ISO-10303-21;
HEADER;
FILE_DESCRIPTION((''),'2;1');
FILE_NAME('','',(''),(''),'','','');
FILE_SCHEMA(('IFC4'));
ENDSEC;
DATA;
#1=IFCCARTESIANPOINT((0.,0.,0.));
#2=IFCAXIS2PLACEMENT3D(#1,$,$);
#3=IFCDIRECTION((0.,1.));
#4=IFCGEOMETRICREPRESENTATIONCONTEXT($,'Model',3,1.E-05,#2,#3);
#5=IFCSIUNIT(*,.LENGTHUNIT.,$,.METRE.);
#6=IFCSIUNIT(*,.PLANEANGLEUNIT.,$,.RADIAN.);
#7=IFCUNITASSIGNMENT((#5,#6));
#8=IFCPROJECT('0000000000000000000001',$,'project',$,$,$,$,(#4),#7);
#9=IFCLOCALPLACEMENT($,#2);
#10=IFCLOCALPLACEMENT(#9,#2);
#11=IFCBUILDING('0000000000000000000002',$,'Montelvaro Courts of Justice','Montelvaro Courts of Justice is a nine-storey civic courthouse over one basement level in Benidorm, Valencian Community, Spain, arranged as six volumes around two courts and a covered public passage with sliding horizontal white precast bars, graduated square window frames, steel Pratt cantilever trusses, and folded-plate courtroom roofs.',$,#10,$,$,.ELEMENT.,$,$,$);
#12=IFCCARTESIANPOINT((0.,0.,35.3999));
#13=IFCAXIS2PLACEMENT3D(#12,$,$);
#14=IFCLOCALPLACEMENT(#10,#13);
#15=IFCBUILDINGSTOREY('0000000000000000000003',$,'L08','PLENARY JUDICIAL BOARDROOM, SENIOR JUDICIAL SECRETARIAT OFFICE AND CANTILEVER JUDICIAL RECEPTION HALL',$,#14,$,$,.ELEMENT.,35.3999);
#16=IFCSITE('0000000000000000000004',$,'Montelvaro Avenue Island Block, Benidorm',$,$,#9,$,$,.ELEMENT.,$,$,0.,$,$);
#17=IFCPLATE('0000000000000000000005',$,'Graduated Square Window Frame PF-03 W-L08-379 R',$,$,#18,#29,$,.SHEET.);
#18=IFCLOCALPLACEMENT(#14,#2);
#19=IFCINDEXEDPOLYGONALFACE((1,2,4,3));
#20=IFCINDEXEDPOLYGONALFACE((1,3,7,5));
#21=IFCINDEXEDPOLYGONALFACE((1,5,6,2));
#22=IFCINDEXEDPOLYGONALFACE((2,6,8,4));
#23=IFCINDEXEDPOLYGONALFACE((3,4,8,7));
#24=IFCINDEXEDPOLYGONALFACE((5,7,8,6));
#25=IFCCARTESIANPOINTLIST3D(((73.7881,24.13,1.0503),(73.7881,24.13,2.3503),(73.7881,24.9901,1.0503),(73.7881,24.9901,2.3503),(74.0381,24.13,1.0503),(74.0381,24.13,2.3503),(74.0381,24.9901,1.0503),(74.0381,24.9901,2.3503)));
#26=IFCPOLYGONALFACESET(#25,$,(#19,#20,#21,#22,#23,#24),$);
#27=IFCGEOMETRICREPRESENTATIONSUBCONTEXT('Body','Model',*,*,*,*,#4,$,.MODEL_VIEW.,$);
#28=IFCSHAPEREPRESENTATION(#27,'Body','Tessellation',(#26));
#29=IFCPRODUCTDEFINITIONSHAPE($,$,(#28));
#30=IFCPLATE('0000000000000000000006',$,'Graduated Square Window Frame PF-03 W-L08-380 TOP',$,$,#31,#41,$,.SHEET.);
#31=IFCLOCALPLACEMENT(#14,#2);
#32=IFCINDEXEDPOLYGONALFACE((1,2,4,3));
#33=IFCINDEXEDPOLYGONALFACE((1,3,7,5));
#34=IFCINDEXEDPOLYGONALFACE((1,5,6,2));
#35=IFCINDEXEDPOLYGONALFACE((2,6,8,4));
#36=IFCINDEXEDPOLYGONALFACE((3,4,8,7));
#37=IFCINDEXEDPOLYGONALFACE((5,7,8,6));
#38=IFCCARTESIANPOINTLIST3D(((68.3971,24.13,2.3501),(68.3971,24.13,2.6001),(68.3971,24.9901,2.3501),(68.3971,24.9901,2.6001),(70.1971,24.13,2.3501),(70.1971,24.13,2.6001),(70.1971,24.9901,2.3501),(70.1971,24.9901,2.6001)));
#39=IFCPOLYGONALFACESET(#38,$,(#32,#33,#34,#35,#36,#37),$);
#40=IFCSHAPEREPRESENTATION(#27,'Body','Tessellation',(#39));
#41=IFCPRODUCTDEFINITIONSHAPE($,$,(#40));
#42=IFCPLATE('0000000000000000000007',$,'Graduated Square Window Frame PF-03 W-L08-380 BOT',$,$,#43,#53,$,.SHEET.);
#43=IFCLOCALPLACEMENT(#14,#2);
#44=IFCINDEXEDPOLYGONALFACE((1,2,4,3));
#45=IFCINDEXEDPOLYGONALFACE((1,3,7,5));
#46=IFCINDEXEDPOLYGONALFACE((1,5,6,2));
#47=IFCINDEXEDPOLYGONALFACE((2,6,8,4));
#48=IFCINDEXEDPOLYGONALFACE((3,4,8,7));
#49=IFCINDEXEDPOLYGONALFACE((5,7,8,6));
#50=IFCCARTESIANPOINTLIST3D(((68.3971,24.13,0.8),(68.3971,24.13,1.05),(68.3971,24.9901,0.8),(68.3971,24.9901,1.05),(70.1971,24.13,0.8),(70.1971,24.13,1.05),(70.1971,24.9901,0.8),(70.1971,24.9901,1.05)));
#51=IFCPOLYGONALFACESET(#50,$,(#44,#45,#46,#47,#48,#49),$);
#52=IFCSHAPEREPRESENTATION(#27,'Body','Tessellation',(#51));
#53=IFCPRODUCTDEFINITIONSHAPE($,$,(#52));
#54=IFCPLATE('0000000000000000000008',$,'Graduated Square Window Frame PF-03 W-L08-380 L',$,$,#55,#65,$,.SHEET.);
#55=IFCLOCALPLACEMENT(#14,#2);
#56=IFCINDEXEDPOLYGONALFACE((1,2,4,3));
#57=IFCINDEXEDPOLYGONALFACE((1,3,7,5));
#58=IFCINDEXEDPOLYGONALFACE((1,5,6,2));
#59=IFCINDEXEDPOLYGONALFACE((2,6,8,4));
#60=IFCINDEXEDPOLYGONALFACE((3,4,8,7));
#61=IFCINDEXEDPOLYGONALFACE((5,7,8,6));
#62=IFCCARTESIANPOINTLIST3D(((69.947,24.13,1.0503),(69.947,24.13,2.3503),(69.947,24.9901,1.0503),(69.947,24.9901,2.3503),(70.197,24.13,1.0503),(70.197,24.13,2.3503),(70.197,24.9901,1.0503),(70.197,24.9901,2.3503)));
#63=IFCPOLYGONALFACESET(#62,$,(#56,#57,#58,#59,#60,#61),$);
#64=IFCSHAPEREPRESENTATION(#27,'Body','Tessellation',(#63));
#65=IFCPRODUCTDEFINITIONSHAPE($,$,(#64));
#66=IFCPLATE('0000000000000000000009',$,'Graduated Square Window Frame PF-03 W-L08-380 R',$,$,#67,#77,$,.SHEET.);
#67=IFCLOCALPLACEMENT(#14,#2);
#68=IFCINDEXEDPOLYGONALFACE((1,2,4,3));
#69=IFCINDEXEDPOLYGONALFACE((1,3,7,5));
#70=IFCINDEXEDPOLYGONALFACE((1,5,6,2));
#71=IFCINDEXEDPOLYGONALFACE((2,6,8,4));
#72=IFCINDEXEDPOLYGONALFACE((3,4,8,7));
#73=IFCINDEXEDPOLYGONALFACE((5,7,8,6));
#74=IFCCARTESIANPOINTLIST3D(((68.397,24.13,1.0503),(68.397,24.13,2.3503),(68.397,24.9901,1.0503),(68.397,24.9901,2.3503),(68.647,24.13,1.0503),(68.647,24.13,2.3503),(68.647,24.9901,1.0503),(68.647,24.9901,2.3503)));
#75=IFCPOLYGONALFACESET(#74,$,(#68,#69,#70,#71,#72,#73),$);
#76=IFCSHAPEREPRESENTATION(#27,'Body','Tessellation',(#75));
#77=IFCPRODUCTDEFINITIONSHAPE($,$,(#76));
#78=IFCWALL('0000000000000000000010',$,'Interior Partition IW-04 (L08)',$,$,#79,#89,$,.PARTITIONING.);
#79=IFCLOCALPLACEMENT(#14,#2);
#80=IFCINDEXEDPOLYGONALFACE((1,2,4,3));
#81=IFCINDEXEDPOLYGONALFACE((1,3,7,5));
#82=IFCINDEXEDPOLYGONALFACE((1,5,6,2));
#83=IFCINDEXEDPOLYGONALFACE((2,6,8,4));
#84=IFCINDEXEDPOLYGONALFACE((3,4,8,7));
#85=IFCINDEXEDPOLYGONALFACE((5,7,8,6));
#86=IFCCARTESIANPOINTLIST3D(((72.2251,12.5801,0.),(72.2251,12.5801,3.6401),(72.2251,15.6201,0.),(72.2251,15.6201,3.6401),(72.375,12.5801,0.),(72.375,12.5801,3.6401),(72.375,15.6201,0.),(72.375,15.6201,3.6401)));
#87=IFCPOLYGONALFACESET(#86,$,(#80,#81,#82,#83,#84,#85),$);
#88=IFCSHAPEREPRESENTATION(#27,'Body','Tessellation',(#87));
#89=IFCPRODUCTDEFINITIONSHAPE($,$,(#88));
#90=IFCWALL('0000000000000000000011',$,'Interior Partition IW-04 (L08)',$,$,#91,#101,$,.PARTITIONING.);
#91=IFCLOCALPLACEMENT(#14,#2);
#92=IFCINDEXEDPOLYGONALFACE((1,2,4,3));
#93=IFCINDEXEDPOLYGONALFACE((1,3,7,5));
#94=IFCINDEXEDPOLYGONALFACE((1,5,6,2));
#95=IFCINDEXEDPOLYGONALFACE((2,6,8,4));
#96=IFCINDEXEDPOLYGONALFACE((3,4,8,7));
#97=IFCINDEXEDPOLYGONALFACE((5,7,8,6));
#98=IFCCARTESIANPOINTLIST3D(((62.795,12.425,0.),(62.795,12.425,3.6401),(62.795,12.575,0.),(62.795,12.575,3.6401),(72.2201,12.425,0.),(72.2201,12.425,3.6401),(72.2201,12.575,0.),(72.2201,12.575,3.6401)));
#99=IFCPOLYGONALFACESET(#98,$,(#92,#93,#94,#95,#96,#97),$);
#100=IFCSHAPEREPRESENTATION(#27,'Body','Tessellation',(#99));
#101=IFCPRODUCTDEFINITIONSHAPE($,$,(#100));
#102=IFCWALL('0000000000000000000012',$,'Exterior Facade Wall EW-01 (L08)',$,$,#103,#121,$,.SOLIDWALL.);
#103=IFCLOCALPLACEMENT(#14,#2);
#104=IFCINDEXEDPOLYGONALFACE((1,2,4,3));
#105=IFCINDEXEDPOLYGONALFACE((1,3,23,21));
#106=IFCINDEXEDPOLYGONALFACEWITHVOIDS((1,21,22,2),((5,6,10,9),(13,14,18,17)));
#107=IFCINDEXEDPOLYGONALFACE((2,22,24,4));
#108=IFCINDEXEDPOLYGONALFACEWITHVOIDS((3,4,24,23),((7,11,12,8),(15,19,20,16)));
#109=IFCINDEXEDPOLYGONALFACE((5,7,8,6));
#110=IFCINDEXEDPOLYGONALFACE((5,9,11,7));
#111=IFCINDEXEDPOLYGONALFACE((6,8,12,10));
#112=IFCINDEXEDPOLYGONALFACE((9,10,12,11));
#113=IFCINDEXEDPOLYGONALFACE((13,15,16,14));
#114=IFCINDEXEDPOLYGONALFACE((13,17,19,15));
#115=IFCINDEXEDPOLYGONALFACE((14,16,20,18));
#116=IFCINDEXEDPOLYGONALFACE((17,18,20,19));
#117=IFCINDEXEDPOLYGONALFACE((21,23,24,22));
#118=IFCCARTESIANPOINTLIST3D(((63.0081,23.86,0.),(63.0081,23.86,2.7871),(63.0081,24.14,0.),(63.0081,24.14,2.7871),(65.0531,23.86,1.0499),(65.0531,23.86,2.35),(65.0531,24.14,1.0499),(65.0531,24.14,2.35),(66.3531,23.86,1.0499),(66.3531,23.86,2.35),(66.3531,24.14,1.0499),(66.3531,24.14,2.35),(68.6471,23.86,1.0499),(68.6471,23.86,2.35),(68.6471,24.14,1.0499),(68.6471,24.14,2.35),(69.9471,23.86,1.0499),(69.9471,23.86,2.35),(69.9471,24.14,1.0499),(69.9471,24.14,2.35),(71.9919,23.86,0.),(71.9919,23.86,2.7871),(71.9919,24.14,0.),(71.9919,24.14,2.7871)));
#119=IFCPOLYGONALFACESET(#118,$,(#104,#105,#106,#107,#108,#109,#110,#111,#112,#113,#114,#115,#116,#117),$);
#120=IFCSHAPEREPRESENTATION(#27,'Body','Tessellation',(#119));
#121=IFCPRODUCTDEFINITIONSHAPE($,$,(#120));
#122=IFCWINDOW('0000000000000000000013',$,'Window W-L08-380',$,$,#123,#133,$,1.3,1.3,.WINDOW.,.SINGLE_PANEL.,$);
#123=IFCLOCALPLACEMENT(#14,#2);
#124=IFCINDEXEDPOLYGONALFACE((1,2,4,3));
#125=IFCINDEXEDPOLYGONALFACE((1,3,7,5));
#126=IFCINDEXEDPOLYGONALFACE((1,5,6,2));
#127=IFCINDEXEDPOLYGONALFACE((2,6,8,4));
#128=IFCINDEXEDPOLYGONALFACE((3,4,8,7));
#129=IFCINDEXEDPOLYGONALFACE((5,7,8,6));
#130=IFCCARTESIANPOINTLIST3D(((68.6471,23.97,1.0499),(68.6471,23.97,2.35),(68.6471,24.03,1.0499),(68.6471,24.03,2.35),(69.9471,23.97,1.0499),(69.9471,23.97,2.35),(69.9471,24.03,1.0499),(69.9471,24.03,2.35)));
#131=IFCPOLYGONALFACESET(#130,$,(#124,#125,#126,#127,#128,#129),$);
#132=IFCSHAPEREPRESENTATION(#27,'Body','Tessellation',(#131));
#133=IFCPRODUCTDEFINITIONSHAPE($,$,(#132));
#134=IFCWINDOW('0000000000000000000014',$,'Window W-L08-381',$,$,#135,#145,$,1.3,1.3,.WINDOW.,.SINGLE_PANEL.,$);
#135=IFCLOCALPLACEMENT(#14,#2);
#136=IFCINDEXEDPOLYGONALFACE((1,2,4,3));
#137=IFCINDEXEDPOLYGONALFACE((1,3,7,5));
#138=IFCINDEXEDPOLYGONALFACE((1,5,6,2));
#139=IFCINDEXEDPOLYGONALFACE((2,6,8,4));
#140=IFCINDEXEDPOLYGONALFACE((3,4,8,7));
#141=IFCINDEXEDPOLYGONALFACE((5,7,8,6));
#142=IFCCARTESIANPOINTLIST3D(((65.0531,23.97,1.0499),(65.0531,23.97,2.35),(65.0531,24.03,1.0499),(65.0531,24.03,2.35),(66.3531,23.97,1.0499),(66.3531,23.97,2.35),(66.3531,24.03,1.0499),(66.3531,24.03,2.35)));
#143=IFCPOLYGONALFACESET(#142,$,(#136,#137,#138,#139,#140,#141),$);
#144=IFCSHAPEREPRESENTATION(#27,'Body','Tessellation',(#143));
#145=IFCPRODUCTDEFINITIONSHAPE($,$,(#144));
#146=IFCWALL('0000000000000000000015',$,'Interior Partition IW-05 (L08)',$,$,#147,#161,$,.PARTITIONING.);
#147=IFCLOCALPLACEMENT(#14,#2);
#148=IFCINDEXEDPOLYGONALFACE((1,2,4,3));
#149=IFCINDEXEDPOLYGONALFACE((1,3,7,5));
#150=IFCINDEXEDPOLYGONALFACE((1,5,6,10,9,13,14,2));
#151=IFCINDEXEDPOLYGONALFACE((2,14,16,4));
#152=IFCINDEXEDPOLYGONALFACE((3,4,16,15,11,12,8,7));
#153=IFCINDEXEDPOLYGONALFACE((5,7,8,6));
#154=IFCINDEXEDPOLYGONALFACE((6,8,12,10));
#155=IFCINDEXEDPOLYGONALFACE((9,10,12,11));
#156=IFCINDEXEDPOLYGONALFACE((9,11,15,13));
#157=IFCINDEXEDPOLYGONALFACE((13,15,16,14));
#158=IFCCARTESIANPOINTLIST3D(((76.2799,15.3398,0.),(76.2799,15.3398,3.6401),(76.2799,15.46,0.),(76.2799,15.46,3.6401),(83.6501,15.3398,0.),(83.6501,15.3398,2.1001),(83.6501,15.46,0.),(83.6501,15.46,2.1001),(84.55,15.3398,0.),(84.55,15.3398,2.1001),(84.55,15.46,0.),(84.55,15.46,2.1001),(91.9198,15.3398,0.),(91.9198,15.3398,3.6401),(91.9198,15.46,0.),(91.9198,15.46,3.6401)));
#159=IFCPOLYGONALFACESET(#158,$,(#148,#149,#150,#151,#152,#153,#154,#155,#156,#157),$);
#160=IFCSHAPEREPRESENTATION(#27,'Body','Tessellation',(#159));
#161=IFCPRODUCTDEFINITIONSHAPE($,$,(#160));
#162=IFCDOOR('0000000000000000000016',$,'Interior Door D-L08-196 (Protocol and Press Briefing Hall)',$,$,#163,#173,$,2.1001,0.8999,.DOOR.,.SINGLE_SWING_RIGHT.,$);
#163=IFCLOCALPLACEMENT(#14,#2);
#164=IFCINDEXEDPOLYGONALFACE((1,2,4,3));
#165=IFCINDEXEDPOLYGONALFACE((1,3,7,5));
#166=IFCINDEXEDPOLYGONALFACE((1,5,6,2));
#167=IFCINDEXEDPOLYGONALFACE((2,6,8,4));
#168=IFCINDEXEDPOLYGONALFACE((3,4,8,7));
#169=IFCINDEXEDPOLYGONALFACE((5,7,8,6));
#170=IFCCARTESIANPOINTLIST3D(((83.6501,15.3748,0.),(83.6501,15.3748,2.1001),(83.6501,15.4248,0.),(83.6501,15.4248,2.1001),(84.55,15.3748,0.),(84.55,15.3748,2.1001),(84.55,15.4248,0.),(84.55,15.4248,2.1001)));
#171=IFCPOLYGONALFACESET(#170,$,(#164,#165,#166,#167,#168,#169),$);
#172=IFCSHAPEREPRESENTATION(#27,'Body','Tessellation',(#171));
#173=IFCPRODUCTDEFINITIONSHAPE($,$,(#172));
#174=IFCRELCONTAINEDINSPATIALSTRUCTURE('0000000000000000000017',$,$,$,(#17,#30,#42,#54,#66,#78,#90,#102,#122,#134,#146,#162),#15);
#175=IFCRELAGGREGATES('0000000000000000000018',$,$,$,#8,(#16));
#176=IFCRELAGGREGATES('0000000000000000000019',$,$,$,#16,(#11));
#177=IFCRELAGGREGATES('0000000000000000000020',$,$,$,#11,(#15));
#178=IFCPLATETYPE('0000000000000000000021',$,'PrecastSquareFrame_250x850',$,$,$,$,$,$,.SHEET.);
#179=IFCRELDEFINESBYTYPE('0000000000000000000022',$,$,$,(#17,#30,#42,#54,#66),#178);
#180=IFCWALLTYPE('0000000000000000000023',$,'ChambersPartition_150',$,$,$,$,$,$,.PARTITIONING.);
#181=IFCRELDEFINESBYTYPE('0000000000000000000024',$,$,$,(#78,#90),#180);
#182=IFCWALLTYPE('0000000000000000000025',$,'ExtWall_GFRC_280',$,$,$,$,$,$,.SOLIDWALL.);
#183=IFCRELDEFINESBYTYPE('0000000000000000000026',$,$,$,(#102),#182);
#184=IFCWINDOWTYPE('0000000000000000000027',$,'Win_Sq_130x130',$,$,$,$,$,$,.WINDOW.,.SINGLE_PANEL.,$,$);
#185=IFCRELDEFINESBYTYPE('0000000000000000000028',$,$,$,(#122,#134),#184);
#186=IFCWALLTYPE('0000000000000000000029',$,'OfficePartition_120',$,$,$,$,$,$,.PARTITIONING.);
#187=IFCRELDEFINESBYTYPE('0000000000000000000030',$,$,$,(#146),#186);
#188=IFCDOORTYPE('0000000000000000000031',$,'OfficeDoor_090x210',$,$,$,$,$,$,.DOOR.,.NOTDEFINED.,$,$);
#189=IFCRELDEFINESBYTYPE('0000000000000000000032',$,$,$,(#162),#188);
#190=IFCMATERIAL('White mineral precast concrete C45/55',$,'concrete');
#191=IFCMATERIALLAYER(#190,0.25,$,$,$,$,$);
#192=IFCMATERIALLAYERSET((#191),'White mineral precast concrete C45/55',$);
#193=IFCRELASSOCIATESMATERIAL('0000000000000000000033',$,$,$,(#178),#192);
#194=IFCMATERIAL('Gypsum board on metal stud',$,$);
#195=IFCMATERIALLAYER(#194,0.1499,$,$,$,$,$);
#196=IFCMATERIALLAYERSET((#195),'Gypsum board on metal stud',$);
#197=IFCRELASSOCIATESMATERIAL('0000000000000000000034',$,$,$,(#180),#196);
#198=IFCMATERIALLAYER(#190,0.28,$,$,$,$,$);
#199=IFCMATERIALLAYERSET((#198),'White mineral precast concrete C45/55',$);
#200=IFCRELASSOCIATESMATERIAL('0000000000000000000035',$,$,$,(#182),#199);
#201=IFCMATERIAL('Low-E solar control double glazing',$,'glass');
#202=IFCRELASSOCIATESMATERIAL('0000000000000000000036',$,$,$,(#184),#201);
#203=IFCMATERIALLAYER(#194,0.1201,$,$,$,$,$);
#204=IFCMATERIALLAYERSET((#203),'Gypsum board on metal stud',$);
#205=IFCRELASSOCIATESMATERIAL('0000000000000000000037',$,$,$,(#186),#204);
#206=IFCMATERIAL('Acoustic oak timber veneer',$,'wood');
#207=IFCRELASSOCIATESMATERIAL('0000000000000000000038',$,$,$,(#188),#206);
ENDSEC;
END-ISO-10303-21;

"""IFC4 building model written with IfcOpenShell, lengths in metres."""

from ifc_helpers import new_model, si_unit, direction, frame, frame_2d, origin, origin_2d, place, context, subcontext, project, spatial, rectangle, extrude, material, layer, layer_set, type_object, element, fill, save


model = new_model("IFC4")

# Units and contexts
model_context = context("Model", 3, precision=1e-05, world=origin(), true_north=direction((0.0, 1.0)))
body_context = subcontext(model_context, "Body", "Model", "MODEL_VIEW")
ifc_project = project(units=[si_unit("LENGTHUNIT", "METRE"), si_unit("PLANEANGLEUNIT", "RADIAN")], contexts=[model_context])

# Site, building, storey
site_placement = place(None, origin())
site = spatial("IfcSite", under=ifc_project, at=site_placement, Name="Montelvaro Avenue Island Block, Benidorm", CompositionType="ELEMENT", RefElevation=0.0)
building_placement = place(site_placement, origin())
building = spatial("IfcBuilding", under=site, at=building_placement, Name="Montelvaro Courts of Justice", Description="Montelvaro Courts of Justice is a nine-storey civic courthouse over one basement level in Benidorm, Valencian Community, Spain, arranged as six volumes around two courts and a covered public passage with sliding horizontal white precast bars, graduated square window frames, steel Pratt cantilever trusses, and folded-plate courtroom roofs.", CompositionType="ELEMENT")
storey_placement = place(building_placement, frame((0.0, 0.0, 35.3999)))
storey = spatial("IfcBuildingStorey", under=building, at=storey_placement, Name="L08", Description="PLENARY JUDICIAL BOARDROOM, SENIOR JUDICIAL SECRETARIAT OFFICE AND CANTILEVER JUDICIAL RECEPTION HALL", CompositionType="ELEMENT", Elevation=35.3999)

# Plates
ifc_material_1 = material(Name="White mineral precast concrete C45/55", Category="concrete")
ifc_layer_1 = layer(ifc_material_1, 0.25)
ifc_layer_set_1 = layer_set([ifc_layer_1], Name="White mineral precast concrete C45/55")
plate_type_1 = type_object("IfcPlateType", Name="PrecastSquareFrame_250x850", PredefinedType="SHEET", material=ifc_layer_set_1)
for number, where, z_axis, x_axis, name in (
    (1, (73.9131, 24.5601, 1.0503), (0.0, 0.0, 1.0), (-1.0, 0.0, 0.0), "Graduated Square Window Frame PF-03 W-L08-379 R"),
):
    element("IfcPlate", number, at=place(storey_placement, frame(where, z_axis=z_axis, x_axis=x_axis)), inside=storey, type_object=plate_type_1, Name=name, PredefinedType="SHEET", context=body_context, shape_type="SweptSolid", body=[
        extrude(rectangle(XDim=0.25, YDim=0.8601, at=origin_2d()), origin(), (0.0, 0.0, 1.0), 1.3),
    ])
for number, where, z_axis, x_axis, name in (
    (2, (69.2971, 24.5601, 2.3501), (0.0, 0.0, 1.0), (-1.0, 0.0, 0.0), "Graduated Square Window Frame PF-03 W-L08-380 TOP"),
    (3, (69.2971, 24.5601, 0.8), (0.0, 0.0, 1.0), (-1.0, 0.0, 0.0), "Graduated Square Window Frame PF-03 W-L08-380 BOT"),
):
    element("IfcPlate", number, at=place(storey_placement, frame(where, z_axis=z_axis, x_axis=x_axis)), inside=storey, type_object=plate_type_1, Name=name, PredefinedType="SHEET", context=body_context, shape_type="SweptSolid", body=[
        extrude(rectangle(XDim=1.8, YDim=0.8601, at=origin_2d()), origin(), (0.0, 0.0, 1.0), 0.25),
    ])
for number, where, z_axis, x_axis, name in (
    (4, (70.072, 24.5601, 1.0503), (0.0, 0.0, 1.0), (-1.0, 0.0, 0.0), "Graduated Square Window Frame PF-03 W-L08-380 L"),
    (5, (68.522, 24.5601, 1.0503), (0.0, 0.0, 1.0), (-1.0, 0.0, 0.0), "Graduated Square Window Frame PF-03 W-L08-380 R"),
):
    element("IfcPlate", number, at=place(storey_placement, frame(where, z_axis=z_axis, x_axis=x_axis)), inside=storey, type_object=plate_type_1, Name=name, PredefinedType="SHEET", context=body_context, shape_type="SweptSolid", body=[
        extrude(rectangle(XDim=0.25, YDim=0.8601, at=origin_2d()), origin(), (0.0, 0.0, 1.0), 1.3),
    ])

# Walls
ifc_material_2 = material(Name="Gypsum board on metal stud")
ifc_layer_2 = layer(ifc_material_2, 0.1499)
ifc_layer_set_2 = layer_set([ifc_layer_2], Name="Gypsum board on metal stud")
wall_type_1 = type_object("IfcWallType", Name="ChambersPartition_150", PredefinedType="PARTITIONING", material=ifc_layer_set_2)
wall_1_placement = place(storey_placement, frame((72.3, 15.6201, 0.0), z_axis=(0.0, 0.0, 1.0), x_axis=(0.0, -1.0, 0.0)))
element("IfcWall", 6, at=wall_1_placement, inside=storey, type_object=wall_type_1, Name="Interior Partition IW-04 (L08)", PredefinedType="PARTITIONING", context=body_context, shape_type="SweptSolid", body=[
    extrude(rectangle(XDim=3.04, YDim=0.1499, at=frame_2d((1.52, 0.0))), origin(), (0.0, 0.0, 1.0), 3.6401),
])
wall_2_placement = place(storey_placement, frame((72.22, 12.5, 0.0), z_axis=(0.0, 0.0, 1.0), x_axis=(-1.0, 0.0, 0.0)))
element("IfcWall", 7, at=wall_2_placement, inside=storey, type_object=wall_type_1, Name="Interior Partition IW-04 (L08)", PredefinedType="PARTITIONING", context=body_context, shape_type="SweptSolid", body=[
    extrude(rectangle(XDim=9.425, YDim=0.1499, at=frame_2d((4.7124, 0.0))), origin(), (0.0, 0.0, 1.0), 3.6401),
])

# Wall, openings, windows
ifc_layer_3 = layer(ifc_material_1, 0.28)
ifc_layer_set_3 = layer_set([ifc_layer_3], Name="White mineral precast concrete C45/55")
wall_type_2 = type_object("IfcWallType", Name="ExtWall_GFRC_280", PredefinedType="SOLIDWALL", material=ifc_layer_set_3)
wall_3_placement = place(storey_placement, frame((71.9919, 24.0, 0.0), z_axis=(0.0, 0.0, 1.0), x_axis=(-1.0, 0.0, 0.0)))
wall_3 = element("IfcWall", 8, at=wall_3_placement, inside=storey, type_object=wall_type_2, Name="Exterior Facade Wall EW-01 (L08)", PredefinedType="SOLIDWALL", context=body_context, shape_type="SweptSolid", body=[
    extrude(rectangle(XDim=8.9839, YDim=0.28, at=frame_2d((4.4919, 0.0))), origin(), (0.0, 0.0, 1.0), 2.7871),
])
opening_1_placement = place(wall_3_placement, frame((2.0449, 0.0, 1.05)))
opening_1 = element("IfcOpeningElement", 9, at=opening_1_placement, cuts=wall_3, PredefinedType="OPENING", context=body_context, shape_type="SweptSolid", body=[
    extrude(rectangle(XDim=1.3, YDim=1.3, at=frame_2d((0.6499, 0.6499))), frame((0.0, 0.1548, 0.0), z_axis=(0.0, -1.0, 0.0), x_axis=(1.0, 0.0, 0.0)), (0.0, 0.0, 1.0), 0.3098),
])
opening_2_placement = place(wall_3_placement, frame((5.6389, 0.0, 1.05)))
opening_2 = element("IfcOpeningElement", 10, at=opening_2_placement, cuts=wall_3, PredefinedType="OPENING", context=body_context, shape_type="SweptSolid", body=[
    extrude(rectangle(XDim=1.3, YDim=1.3, at=frame_2d((0.6499, 0.6499))), frame((0.0, 0.1548, 0.0), z_axis=(0.0, -1.0, 0.0), x_axis=(1.0, 0.0, 0.0)), (0.0, 0.0, 1.0), 0.3098),
])
ifc_material_3 = material(Name="Low-E solar control double glazing", Category="glass")
window_type = type_object("IfcWindowType", Name="Win_Sq_130x130", PartitioningType="SINGLE_PANEL", PredefinedType="WINDOW", material=ifc_material_3)
window_1_placement = place(opening_1_placement, origin())
window_1 = element("IfcWindow", 11, at=window_1_placement, inside=storey, type_object=window_type, Name="Window W-L08-380", OverallHeight=1.3, OverallWidth=1.3, PartitioningType="SINGLE_PANEL", PredefinedType="WINDOW", context=body_context, shape_type="SweptSolid", body=[
    extrude(rectangle(XDim=1.3, YDim=1.3, at=frame_2d((0.6499, 0.6499))), frame((0.0, 0.03, 0.0), z_axis=(0.0, -1.0, 0.0), x_axis=(1.0, 0.0, 0.0)), (0.0, 0.0, 1.0), 0.0601),
])
fill(opening_1, window_1)
window_2_placement = place(opening_2_placement, origin())
window_2 = element("IfcWindow", 12, at=window_2_placement, inside=storey, type_object=window_type, Name="Window W-L08-381", OverallHeight=1.3, OverallWidth=1.3, PartitioningType="SINGLE_PANEL", PredefinedType="WINDOW", context=body_context, shape_type="SweptSolid", body=[
    extrude(rectangle(XDim=1.3, YDim=1.3, at=frame_2d((0.6499, 0.6499))), frame((0.0, 0.03, 0.0), z_axis=(0.0, -1.0, 0.0), x_axis=(1.0, 0.0, 0.0)), (0.0, 0.0, 1.0), 0.0601),
])
fill(opening_2, window_2)

# Wall, opening, door
ifc_layer_4 = layer(ifc_material_2, 0.1201)
ifc_layer_set_4 = layer_set([ifc_layer_4], Name="Gypsum board on metal stud")
wall_type_3 = type_object("IfcWallType", Name="OfficePartition_120", PredefinedType="PARTITIONING", material=ifc_layer_set_4)
wall_4_placement = place(storey_placement, frame((76.28, 15.3999, 0.0), z_axis=(0.0, 0.0, 1.0), x_axis=(1.0, 0.0, 0.0)))
wall_4 = element("IfcWall", 13, at=wall_4_placement, inside=storey, type_object=wall_type_3, Name="Interior Partition IW-05 (L08)", PredefinedType="PARTITIONING", context=body_context, shape_type="SweptSolid", body=[
    extrude(rectangle(XDim=15.6399, YDim=0.1201, at=frame_2d((7.8198, 0.0))), origin(), (0.0, 0.0, 1.0), 3.6401),
])
opening_3_placement = place(wall_4_placement, frame((7.3701, 0.0, 0.0)))
opening_3 = element("IfcOpeningElement", 14, at=opening_3_placement, cuts=wall_4, PredefinedType="OPENING", context=body_context, shape_type="SweptSolid", body=[
    extrude(rectangle(XDim=0.8999, YDim=2.1001, at=frame_2d((0.45, 1.05))), frame((0.0, 0.075, 0.0), z_axis=(0.0, -1.0, 0.0), x_axis=(1.0, 0.0, 0.0)), (0.0, 0.0, 1.0), 0.1499),
])
ifc_material_4 = material(Name="Acoustic oak timber veneer", Category="wood")
door_type = type_object("IfcDoorType", Name="OfficeDoor_090x210", OperationType="NOTDEFINED", PredefinedType="DOOR", material=ifc_material_4)
door_placement = place(opening_3_placement, origin())
door = element("IfcDoor", 15, at=door_placement, inside=storey, type_object=door_type, Name="Interior Door D-L08-196 (Protocol and Press Briefing Hall)", OperationType="SINGLE_SWING_RIGHT", OverallHeight=2.1001, OverallWidth=0.8999, PredefinedType="DOOR", context=body_context, shape_type="SweptSolid", body=[
    extrude(rectangle(XDim=0.8999, YDim=2.1001, at=frame_2d((0.45, 1.05))), frame((0.0, 0.0249, 0.0), z_axis=(0.0, -1.0, 0.0), x_axis=(1.0, 0.0, 0.0)), (0.0, 0.0, 1.0), 0.05),
])
fill(opening_3, door)

save(model, "model.ifc")
